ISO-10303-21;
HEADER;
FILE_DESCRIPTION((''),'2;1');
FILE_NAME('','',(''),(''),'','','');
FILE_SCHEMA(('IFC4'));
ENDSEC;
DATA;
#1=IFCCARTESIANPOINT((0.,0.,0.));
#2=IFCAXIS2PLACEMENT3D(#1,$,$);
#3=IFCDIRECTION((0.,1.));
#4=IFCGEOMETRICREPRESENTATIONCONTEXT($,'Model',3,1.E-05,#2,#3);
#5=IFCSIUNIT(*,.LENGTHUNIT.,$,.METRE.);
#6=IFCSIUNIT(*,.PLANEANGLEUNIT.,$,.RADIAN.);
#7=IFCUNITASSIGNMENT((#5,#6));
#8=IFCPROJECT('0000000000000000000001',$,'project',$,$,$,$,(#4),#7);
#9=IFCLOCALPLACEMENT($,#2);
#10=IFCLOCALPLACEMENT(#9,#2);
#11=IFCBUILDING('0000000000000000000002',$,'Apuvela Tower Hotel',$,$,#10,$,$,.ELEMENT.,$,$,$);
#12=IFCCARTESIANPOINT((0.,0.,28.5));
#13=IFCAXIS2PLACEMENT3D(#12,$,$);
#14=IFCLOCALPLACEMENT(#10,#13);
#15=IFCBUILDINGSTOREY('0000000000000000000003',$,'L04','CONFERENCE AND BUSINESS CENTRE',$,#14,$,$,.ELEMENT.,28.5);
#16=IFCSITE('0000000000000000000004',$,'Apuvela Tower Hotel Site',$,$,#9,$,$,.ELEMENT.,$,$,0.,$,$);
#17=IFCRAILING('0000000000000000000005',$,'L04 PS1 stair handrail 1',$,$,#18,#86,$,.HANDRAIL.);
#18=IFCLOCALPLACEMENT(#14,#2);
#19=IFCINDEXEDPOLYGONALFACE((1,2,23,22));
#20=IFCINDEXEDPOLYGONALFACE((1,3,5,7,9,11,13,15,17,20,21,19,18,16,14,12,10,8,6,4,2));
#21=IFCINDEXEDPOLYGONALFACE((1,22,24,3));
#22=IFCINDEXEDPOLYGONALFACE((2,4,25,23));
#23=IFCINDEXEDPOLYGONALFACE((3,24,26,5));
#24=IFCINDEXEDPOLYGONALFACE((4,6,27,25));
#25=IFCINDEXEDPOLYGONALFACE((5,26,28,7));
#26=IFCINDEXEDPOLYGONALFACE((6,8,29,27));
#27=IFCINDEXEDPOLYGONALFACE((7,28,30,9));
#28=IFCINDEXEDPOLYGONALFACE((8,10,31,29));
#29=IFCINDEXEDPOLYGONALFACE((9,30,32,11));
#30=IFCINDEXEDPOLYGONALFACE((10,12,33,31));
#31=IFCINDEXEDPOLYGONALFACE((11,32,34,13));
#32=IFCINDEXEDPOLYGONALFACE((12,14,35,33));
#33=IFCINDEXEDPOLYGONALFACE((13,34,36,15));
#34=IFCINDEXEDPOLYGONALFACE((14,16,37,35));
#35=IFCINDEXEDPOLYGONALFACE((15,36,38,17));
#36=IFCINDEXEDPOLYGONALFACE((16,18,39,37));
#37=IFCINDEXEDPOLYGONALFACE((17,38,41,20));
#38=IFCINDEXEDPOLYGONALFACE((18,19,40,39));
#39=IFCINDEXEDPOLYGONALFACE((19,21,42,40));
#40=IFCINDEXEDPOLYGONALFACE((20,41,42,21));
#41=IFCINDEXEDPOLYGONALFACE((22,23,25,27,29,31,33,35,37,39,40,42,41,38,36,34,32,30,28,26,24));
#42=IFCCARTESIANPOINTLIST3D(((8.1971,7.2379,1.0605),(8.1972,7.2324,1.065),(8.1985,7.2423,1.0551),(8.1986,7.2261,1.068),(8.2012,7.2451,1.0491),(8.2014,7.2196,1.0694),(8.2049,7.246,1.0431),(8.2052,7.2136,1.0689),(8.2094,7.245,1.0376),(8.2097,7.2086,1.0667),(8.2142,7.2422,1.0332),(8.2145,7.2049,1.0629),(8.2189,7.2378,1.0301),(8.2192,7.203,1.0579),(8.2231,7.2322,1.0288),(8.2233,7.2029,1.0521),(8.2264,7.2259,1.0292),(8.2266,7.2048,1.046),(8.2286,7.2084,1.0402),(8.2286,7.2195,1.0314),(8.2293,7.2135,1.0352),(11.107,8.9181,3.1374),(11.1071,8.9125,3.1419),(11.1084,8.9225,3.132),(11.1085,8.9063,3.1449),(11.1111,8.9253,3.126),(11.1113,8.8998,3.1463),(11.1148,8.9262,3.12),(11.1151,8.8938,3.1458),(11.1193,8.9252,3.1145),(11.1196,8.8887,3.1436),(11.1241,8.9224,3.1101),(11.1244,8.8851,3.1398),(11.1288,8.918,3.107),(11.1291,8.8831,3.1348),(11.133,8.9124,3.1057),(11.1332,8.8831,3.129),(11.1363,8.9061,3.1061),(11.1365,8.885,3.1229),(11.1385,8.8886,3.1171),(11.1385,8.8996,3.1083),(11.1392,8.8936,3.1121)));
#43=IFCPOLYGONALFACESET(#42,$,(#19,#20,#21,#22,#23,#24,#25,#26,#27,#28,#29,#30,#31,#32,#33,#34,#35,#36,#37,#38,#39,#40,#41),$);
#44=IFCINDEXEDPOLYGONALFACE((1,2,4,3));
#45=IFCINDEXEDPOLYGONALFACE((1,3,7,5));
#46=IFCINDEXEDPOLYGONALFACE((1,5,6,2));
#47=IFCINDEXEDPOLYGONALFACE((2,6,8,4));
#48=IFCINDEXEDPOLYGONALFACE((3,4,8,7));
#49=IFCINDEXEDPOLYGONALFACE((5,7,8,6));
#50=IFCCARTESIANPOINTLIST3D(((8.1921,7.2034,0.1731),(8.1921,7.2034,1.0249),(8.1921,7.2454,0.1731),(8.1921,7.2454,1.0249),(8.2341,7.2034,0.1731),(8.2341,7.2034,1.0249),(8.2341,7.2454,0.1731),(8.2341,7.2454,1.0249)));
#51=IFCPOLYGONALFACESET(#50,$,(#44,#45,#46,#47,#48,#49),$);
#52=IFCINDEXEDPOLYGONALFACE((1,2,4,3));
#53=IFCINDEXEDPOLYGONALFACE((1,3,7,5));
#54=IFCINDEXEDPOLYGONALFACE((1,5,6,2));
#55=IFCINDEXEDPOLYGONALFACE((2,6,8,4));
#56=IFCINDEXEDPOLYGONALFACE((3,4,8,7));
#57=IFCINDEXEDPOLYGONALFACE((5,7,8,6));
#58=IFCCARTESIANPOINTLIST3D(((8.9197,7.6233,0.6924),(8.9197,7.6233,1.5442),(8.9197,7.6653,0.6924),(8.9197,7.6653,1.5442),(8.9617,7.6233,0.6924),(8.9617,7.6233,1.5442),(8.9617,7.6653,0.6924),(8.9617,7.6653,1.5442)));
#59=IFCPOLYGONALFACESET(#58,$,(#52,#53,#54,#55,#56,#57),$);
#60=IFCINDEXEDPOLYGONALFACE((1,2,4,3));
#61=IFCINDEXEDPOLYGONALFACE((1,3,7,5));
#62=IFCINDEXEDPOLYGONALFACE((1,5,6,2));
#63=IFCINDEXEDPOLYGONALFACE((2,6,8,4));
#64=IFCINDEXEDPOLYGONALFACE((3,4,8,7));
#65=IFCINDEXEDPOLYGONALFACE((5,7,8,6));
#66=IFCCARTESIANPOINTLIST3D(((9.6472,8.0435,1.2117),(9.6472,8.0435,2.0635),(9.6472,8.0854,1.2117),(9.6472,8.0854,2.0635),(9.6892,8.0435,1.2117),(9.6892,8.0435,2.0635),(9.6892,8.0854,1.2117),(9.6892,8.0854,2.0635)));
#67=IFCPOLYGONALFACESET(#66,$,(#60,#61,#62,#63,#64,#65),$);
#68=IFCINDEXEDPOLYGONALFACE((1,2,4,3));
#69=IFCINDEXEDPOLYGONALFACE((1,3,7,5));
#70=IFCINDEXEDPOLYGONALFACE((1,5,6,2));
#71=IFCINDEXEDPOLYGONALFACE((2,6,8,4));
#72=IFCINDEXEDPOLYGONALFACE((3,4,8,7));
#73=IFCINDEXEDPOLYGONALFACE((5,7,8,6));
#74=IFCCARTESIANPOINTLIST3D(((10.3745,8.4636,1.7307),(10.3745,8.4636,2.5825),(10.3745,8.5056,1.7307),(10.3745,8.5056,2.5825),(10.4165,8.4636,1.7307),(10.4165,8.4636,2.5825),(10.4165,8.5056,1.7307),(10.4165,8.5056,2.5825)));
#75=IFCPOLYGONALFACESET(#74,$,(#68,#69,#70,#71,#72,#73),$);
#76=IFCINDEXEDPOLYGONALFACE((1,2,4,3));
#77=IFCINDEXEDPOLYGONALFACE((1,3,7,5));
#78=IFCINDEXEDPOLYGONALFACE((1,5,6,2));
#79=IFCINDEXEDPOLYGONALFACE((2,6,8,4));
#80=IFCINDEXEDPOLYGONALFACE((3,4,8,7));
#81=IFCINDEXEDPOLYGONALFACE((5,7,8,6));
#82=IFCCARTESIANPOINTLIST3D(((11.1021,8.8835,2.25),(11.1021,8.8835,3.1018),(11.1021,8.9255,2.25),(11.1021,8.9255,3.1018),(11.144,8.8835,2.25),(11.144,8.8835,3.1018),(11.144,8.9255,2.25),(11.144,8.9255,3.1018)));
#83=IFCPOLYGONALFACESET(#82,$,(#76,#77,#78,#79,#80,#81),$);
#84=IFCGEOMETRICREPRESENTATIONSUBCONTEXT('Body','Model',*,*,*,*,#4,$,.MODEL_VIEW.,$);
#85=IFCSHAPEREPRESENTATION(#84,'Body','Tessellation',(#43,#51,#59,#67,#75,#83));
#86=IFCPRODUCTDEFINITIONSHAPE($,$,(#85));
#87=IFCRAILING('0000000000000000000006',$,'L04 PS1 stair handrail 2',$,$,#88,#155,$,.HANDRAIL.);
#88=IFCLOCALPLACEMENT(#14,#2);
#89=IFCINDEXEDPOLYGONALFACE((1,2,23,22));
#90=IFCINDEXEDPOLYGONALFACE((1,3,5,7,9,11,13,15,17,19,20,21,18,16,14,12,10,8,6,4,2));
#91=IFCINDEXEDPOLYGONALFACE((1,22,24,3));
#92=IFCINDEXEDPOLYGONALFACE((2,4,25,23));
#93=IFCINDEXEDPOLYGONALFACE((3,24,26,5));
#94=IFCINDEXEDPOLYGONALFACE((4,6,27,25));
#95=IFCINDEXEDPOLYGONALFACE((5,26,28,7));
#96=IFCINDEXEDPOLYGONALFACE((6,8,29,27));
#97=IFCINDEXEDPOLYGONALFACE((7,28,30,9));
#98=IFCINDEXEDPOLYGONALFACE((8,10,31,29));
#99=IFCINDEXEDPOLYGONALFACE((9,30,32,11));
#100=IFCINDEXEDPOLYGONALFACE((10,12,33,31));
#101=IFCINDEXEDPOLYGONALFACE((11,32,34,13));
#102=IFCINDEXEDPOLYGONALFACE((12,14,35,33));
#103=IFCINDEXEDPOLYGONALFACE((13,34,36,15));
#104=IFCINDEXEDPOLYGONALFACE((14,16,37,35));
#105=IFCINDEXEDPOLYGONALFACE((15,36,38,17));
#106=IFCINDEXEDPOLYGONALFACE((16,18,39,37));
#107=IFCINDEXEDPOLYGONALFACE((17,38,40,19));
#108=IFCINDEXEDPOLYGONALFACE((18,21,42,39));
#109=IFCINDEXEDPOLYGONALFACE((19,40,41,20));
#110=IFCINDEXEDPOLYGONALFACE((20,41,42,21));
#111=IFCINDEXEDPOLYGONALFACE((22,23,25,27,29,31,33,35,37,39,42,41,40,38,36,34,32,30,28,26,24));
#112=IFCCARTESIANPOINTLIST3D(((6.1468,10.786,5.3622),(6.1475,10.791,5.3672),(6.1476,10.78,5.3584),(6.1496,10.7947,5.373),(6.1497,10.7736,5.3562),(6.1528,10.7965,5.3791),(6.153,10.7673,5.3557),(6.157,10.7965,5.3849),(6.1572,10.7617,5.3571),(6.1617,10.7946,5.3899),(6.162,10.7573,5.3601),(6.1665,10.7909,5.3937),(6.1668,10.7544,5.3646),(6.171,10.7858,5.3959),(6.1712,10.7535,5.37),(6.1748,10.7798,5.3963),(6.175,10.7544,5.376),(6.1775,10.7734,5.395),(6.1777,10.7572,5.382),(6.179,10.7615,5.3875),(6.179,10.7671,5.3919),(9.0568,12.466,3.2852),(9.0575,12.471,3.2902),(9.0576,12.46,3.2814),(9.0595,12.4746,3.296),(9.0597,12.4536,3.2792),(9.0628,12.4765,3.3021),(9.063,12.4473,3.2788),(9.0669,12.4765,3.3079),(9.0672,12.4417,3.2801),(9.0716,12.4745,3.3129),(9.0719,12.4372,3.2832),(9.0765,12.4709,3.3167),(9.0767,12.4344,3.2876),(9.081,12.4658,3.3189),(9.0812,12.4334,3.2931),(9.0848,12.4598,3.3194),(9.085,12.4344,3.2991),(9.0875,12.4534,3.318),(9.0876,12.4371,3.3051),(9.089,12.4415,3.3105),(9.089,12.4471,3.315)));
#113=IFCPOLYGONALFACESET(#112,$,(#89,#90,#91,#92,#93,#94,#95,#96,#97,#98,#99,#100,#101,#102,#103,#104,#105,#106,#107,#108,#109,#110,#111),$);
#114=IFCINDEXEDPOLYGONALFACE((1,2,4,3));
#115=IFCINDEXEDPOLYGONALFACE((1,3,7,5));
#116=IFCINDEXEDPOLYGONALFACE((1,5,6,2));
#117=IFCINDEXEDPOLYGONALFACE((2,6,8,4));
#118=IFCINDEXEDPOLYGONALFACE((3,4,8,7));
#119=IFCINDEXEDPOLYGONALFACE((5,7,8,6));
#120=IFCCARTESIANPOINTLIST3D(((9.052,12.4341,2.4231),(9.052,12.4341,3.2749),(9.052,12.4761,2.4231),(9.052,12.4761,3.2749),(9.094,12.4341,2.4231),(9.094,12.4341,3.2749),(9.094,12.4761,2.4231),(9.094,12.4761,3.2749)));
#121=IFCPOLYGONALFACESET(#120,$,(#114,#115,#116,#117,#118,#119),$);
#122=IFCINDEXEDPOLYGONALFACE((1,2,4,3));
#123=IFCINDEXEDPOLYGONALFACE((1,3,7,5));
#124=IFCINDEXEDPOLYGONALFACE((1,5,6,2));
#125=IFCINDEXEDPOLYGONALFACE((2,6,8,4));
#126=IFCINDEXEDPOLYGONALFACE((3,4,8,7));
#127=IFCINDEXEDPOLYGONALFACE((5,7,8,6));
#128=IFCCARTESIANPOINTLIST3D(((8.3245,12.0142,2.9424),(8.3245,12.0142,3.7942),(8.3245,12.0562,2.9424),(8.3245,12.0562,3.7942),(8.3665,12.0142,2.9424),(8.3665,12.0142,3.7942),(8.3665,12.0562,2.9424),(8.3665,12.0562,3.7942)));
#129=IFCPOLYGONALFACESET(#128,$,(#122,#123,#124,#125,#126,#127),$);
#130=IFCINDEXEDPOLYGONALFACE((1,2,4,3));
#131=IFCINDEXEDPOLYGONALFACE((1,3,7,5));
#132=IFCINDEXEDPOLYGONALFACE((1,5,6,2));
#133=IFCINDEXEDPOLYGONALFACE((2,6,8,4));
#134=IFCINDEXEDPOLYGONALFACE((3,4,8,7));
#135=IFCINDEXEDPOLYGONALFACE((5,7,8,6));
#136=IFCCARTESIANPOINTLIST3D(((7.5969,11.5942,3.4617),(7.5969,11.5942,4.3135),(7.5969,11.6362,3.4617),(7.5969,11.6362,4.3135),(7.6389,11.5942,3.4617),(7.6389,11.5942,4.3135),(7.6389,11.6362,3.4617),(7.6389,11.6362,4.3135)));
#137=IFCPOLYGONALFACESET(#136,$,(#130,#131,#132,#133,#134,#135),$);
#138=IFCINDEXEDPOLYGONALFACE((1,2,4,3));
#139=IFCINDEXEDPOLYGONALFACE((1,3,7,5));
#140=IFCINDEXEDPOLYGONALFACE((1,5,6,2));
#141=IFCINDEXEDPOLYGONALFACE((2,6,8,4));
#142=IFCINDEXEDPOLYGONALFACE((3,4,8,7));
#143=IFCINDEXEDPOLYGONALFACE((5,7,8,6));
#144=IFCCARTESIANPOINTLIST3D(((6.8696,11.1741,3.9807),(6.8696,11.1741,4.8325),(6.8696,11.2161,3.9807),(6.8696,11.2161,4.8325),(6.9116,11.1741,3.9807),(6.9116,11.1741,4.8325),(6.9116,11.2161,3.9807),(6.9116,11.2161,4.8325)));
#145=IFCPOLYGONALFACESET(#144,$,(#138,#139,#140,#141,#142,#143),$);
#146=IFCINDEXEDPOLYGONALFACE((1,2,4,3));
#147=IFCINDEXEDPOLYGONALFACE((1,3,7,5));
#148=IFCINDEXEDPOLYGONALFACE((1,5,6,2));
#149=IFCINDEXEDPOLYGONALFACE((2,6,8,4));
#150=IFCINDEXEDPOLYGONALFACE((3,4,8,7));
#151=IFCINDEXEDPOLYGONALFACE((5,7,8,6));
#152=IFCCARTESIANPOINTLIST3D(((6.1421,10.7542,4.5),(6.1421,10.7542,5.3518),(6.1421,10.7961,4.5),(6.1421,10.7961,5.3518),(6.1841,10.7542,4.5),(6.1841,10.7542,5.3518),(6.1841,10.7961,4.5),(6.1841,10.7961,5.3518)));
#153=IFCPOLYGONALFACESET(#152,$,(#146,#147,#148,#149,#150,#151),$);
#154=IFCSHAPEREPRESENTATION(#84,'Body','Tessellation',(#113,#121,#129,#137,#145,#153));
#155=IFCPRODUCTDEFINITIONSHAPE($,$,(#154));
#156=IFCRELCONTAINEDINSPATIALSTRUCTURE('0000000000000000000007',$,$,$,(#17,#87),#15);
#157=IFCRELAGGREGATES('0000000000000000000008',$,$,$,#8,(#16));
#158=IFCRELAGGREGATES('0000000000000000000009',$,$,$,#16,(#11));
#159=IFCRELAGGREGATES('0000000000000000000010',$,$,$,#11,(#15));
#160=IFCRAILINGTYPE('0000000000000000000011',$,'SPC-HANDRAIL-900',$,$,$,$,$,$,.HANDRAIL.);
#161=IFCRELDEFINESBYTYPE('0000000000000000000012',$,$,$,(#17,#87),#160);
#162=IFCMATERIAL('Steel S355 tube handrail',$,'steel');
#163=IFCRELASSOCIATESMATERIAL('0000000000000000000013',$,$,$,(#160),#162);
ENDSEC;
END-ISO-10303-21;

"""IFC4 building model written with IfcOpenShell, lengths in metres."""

from ifc_helpers import new_model, si_unit, direction, frame, origin, origin_2d, place, context, subcontext, project, spatial, rectangle, circle, extrude, material, type_object, element, save


model = new_model("IFC4")

# Units and contexts
model_context = context("Model", 3, precision=1e-05, world=origin(), true_north=direction((0.0, 1.0)))
body_context = subcontext(model_context, "Body", "Model", "MODEL_VIEW")
ifc_project = project(units=[si_unit("LENGTHUNIT", "METRE"), si_unit("PLANEANGLEUNIT", "RADIAN")], contexts=[model_context])

# Site, building, storey
site_placement = place(None, origin())
site = spatial("IfcSite", under=ifc_project, at=site_placement, Name="Apuvela Tower Hotel Site", CompositionType="ELEMENT", RefElevation=0.0)
building_placement = place(site_placement, origin())
building = spatial("IfcBuilding", under=site, at=building_placement, Name="Apuvela Tower Hotel", CompositionType="ELEMENT")
storey_placement = place(building_placement, frame((0.0, 0.0, 28.5)))
storey = spatial("IfcBuildingStorey", under=building, at=storey_placement, Name="L04", Description="CONFERENCE AND BUSINESS CENTRE", CompositionType="ELEMENT", Elevation=28.5)

# Railings
ifc_material_1 = material(Name="Steel S355 tube handrail", Category="steel")
railing_type_1 = type_object("IfcRailingType", Name="SPC-HANDRAIL-900", PredefinedType="HANDRAIL", material=ifc_material_1)
railing_1_placement = place(storey_placement, frame((8.2131, 7.2244, 0.1731)))
element("IfcRailing", 1, at=railing_1_placement, inside=storey, type_object=railing_type_1, Name="L04 PS1 stair handrail 1", PredefinedType="HANDRAIL", context=body_context, shape_type="SweptSolid", body=[
    extrude(circle(Radius=0.0239, at=origin_2d()), frame((0.0, 0.0, 0.876), z_axis=(0.736649, 0.425339, 0.525771), x_axis=(-0.500031, 0.866008, 0.0)), (0.0, 0.0, 1.0), 3.9502),
    extrude(rectangle(XDim=0.042, YDim=0.042, at=origin_2d()), origin(), (0.0, 0.0, 1.0), 0.8518),
    extrude(rectangle(XDim=0.042, YDim=0.042, at=origin_2d()), frame((0.7275, 0.4199, 0.5193)), (0.0, 0.0, 1.0), 0.8518),
    extrude(rectangle(XDim=0.042, YDim=0.042, at=origin_2d()), frame((1.4551, 0.8401, 1.0386)), (0.0, 0.0, 1.0), 0.8518),
    extrude(rectangle(XDim=0.042, YDim=0.042, at=origin_2d()), frame((2.1824, 1.2603, 1.5576)), (0.0, 0.0, 1.0), 0.8518),
    extrude(rectangle(XDim=0.042, YDim=0.042, at=origin_2d()), frame((2.9099, 1.6802, 2.0769)), (0.0, 0.0, 1.0), 0.8518),
])
railing_2_placement = place(storey_placement, frame((9.073, 12.4551, 2.4231)))
element("IfcRailing", 2, at=railing_2_placement, inside=storey, type_object=railing_type_1, Name="L04 PS1 stair handrail 2", PredefinedType="HANDRAIL", context=body_context, shape_type="SweptSolid", body=[
    extrude(circle(Radius=0.0239, at=origin_2d()), frame((0.0, 0.0, 0.876), z_axis=(-0.736668, -0.425288, 0.525785), x_axis=(0.499976, -0.866039, 0.0)), (0.0, 0.0, 1.0), 3.9502),
    extrude(rectangle(XDim=0.042, YDim=0.042, at=origin_2d()), origin(), (0.0, 0.0, 1.0), 0.8518),
    extrude(rectangle(XDim=0.042, YDim=0.042, at=origin_2d()), frame((-0.7275, -0.4199, 0.5193)), (0.0, 0.0, 1.0), 0.8518),
    extrude(rectangle(XDim=0.042, YDim=0.042, at=origin_2d()), frame((-1.4551, -0.8398, 1.0386)), (0.0, 0.0, 1.0), 0.8518),
    extrude(rectangle(XDim=0.042, YDim=0.042, at=origin_2d()), frame((-2.1824, -1.26, 1.5576)), (0.0, 0.0, 1.0), 0.8518),
    extrude(rectangle(XDim=0.042, YDim=0.042, at=origin_2d()), frame((-2.9099, -1.6799, 2.0769)), (0.0, 0.0, 1.0), 0.8518),
])

save(model, "model.ifc")
